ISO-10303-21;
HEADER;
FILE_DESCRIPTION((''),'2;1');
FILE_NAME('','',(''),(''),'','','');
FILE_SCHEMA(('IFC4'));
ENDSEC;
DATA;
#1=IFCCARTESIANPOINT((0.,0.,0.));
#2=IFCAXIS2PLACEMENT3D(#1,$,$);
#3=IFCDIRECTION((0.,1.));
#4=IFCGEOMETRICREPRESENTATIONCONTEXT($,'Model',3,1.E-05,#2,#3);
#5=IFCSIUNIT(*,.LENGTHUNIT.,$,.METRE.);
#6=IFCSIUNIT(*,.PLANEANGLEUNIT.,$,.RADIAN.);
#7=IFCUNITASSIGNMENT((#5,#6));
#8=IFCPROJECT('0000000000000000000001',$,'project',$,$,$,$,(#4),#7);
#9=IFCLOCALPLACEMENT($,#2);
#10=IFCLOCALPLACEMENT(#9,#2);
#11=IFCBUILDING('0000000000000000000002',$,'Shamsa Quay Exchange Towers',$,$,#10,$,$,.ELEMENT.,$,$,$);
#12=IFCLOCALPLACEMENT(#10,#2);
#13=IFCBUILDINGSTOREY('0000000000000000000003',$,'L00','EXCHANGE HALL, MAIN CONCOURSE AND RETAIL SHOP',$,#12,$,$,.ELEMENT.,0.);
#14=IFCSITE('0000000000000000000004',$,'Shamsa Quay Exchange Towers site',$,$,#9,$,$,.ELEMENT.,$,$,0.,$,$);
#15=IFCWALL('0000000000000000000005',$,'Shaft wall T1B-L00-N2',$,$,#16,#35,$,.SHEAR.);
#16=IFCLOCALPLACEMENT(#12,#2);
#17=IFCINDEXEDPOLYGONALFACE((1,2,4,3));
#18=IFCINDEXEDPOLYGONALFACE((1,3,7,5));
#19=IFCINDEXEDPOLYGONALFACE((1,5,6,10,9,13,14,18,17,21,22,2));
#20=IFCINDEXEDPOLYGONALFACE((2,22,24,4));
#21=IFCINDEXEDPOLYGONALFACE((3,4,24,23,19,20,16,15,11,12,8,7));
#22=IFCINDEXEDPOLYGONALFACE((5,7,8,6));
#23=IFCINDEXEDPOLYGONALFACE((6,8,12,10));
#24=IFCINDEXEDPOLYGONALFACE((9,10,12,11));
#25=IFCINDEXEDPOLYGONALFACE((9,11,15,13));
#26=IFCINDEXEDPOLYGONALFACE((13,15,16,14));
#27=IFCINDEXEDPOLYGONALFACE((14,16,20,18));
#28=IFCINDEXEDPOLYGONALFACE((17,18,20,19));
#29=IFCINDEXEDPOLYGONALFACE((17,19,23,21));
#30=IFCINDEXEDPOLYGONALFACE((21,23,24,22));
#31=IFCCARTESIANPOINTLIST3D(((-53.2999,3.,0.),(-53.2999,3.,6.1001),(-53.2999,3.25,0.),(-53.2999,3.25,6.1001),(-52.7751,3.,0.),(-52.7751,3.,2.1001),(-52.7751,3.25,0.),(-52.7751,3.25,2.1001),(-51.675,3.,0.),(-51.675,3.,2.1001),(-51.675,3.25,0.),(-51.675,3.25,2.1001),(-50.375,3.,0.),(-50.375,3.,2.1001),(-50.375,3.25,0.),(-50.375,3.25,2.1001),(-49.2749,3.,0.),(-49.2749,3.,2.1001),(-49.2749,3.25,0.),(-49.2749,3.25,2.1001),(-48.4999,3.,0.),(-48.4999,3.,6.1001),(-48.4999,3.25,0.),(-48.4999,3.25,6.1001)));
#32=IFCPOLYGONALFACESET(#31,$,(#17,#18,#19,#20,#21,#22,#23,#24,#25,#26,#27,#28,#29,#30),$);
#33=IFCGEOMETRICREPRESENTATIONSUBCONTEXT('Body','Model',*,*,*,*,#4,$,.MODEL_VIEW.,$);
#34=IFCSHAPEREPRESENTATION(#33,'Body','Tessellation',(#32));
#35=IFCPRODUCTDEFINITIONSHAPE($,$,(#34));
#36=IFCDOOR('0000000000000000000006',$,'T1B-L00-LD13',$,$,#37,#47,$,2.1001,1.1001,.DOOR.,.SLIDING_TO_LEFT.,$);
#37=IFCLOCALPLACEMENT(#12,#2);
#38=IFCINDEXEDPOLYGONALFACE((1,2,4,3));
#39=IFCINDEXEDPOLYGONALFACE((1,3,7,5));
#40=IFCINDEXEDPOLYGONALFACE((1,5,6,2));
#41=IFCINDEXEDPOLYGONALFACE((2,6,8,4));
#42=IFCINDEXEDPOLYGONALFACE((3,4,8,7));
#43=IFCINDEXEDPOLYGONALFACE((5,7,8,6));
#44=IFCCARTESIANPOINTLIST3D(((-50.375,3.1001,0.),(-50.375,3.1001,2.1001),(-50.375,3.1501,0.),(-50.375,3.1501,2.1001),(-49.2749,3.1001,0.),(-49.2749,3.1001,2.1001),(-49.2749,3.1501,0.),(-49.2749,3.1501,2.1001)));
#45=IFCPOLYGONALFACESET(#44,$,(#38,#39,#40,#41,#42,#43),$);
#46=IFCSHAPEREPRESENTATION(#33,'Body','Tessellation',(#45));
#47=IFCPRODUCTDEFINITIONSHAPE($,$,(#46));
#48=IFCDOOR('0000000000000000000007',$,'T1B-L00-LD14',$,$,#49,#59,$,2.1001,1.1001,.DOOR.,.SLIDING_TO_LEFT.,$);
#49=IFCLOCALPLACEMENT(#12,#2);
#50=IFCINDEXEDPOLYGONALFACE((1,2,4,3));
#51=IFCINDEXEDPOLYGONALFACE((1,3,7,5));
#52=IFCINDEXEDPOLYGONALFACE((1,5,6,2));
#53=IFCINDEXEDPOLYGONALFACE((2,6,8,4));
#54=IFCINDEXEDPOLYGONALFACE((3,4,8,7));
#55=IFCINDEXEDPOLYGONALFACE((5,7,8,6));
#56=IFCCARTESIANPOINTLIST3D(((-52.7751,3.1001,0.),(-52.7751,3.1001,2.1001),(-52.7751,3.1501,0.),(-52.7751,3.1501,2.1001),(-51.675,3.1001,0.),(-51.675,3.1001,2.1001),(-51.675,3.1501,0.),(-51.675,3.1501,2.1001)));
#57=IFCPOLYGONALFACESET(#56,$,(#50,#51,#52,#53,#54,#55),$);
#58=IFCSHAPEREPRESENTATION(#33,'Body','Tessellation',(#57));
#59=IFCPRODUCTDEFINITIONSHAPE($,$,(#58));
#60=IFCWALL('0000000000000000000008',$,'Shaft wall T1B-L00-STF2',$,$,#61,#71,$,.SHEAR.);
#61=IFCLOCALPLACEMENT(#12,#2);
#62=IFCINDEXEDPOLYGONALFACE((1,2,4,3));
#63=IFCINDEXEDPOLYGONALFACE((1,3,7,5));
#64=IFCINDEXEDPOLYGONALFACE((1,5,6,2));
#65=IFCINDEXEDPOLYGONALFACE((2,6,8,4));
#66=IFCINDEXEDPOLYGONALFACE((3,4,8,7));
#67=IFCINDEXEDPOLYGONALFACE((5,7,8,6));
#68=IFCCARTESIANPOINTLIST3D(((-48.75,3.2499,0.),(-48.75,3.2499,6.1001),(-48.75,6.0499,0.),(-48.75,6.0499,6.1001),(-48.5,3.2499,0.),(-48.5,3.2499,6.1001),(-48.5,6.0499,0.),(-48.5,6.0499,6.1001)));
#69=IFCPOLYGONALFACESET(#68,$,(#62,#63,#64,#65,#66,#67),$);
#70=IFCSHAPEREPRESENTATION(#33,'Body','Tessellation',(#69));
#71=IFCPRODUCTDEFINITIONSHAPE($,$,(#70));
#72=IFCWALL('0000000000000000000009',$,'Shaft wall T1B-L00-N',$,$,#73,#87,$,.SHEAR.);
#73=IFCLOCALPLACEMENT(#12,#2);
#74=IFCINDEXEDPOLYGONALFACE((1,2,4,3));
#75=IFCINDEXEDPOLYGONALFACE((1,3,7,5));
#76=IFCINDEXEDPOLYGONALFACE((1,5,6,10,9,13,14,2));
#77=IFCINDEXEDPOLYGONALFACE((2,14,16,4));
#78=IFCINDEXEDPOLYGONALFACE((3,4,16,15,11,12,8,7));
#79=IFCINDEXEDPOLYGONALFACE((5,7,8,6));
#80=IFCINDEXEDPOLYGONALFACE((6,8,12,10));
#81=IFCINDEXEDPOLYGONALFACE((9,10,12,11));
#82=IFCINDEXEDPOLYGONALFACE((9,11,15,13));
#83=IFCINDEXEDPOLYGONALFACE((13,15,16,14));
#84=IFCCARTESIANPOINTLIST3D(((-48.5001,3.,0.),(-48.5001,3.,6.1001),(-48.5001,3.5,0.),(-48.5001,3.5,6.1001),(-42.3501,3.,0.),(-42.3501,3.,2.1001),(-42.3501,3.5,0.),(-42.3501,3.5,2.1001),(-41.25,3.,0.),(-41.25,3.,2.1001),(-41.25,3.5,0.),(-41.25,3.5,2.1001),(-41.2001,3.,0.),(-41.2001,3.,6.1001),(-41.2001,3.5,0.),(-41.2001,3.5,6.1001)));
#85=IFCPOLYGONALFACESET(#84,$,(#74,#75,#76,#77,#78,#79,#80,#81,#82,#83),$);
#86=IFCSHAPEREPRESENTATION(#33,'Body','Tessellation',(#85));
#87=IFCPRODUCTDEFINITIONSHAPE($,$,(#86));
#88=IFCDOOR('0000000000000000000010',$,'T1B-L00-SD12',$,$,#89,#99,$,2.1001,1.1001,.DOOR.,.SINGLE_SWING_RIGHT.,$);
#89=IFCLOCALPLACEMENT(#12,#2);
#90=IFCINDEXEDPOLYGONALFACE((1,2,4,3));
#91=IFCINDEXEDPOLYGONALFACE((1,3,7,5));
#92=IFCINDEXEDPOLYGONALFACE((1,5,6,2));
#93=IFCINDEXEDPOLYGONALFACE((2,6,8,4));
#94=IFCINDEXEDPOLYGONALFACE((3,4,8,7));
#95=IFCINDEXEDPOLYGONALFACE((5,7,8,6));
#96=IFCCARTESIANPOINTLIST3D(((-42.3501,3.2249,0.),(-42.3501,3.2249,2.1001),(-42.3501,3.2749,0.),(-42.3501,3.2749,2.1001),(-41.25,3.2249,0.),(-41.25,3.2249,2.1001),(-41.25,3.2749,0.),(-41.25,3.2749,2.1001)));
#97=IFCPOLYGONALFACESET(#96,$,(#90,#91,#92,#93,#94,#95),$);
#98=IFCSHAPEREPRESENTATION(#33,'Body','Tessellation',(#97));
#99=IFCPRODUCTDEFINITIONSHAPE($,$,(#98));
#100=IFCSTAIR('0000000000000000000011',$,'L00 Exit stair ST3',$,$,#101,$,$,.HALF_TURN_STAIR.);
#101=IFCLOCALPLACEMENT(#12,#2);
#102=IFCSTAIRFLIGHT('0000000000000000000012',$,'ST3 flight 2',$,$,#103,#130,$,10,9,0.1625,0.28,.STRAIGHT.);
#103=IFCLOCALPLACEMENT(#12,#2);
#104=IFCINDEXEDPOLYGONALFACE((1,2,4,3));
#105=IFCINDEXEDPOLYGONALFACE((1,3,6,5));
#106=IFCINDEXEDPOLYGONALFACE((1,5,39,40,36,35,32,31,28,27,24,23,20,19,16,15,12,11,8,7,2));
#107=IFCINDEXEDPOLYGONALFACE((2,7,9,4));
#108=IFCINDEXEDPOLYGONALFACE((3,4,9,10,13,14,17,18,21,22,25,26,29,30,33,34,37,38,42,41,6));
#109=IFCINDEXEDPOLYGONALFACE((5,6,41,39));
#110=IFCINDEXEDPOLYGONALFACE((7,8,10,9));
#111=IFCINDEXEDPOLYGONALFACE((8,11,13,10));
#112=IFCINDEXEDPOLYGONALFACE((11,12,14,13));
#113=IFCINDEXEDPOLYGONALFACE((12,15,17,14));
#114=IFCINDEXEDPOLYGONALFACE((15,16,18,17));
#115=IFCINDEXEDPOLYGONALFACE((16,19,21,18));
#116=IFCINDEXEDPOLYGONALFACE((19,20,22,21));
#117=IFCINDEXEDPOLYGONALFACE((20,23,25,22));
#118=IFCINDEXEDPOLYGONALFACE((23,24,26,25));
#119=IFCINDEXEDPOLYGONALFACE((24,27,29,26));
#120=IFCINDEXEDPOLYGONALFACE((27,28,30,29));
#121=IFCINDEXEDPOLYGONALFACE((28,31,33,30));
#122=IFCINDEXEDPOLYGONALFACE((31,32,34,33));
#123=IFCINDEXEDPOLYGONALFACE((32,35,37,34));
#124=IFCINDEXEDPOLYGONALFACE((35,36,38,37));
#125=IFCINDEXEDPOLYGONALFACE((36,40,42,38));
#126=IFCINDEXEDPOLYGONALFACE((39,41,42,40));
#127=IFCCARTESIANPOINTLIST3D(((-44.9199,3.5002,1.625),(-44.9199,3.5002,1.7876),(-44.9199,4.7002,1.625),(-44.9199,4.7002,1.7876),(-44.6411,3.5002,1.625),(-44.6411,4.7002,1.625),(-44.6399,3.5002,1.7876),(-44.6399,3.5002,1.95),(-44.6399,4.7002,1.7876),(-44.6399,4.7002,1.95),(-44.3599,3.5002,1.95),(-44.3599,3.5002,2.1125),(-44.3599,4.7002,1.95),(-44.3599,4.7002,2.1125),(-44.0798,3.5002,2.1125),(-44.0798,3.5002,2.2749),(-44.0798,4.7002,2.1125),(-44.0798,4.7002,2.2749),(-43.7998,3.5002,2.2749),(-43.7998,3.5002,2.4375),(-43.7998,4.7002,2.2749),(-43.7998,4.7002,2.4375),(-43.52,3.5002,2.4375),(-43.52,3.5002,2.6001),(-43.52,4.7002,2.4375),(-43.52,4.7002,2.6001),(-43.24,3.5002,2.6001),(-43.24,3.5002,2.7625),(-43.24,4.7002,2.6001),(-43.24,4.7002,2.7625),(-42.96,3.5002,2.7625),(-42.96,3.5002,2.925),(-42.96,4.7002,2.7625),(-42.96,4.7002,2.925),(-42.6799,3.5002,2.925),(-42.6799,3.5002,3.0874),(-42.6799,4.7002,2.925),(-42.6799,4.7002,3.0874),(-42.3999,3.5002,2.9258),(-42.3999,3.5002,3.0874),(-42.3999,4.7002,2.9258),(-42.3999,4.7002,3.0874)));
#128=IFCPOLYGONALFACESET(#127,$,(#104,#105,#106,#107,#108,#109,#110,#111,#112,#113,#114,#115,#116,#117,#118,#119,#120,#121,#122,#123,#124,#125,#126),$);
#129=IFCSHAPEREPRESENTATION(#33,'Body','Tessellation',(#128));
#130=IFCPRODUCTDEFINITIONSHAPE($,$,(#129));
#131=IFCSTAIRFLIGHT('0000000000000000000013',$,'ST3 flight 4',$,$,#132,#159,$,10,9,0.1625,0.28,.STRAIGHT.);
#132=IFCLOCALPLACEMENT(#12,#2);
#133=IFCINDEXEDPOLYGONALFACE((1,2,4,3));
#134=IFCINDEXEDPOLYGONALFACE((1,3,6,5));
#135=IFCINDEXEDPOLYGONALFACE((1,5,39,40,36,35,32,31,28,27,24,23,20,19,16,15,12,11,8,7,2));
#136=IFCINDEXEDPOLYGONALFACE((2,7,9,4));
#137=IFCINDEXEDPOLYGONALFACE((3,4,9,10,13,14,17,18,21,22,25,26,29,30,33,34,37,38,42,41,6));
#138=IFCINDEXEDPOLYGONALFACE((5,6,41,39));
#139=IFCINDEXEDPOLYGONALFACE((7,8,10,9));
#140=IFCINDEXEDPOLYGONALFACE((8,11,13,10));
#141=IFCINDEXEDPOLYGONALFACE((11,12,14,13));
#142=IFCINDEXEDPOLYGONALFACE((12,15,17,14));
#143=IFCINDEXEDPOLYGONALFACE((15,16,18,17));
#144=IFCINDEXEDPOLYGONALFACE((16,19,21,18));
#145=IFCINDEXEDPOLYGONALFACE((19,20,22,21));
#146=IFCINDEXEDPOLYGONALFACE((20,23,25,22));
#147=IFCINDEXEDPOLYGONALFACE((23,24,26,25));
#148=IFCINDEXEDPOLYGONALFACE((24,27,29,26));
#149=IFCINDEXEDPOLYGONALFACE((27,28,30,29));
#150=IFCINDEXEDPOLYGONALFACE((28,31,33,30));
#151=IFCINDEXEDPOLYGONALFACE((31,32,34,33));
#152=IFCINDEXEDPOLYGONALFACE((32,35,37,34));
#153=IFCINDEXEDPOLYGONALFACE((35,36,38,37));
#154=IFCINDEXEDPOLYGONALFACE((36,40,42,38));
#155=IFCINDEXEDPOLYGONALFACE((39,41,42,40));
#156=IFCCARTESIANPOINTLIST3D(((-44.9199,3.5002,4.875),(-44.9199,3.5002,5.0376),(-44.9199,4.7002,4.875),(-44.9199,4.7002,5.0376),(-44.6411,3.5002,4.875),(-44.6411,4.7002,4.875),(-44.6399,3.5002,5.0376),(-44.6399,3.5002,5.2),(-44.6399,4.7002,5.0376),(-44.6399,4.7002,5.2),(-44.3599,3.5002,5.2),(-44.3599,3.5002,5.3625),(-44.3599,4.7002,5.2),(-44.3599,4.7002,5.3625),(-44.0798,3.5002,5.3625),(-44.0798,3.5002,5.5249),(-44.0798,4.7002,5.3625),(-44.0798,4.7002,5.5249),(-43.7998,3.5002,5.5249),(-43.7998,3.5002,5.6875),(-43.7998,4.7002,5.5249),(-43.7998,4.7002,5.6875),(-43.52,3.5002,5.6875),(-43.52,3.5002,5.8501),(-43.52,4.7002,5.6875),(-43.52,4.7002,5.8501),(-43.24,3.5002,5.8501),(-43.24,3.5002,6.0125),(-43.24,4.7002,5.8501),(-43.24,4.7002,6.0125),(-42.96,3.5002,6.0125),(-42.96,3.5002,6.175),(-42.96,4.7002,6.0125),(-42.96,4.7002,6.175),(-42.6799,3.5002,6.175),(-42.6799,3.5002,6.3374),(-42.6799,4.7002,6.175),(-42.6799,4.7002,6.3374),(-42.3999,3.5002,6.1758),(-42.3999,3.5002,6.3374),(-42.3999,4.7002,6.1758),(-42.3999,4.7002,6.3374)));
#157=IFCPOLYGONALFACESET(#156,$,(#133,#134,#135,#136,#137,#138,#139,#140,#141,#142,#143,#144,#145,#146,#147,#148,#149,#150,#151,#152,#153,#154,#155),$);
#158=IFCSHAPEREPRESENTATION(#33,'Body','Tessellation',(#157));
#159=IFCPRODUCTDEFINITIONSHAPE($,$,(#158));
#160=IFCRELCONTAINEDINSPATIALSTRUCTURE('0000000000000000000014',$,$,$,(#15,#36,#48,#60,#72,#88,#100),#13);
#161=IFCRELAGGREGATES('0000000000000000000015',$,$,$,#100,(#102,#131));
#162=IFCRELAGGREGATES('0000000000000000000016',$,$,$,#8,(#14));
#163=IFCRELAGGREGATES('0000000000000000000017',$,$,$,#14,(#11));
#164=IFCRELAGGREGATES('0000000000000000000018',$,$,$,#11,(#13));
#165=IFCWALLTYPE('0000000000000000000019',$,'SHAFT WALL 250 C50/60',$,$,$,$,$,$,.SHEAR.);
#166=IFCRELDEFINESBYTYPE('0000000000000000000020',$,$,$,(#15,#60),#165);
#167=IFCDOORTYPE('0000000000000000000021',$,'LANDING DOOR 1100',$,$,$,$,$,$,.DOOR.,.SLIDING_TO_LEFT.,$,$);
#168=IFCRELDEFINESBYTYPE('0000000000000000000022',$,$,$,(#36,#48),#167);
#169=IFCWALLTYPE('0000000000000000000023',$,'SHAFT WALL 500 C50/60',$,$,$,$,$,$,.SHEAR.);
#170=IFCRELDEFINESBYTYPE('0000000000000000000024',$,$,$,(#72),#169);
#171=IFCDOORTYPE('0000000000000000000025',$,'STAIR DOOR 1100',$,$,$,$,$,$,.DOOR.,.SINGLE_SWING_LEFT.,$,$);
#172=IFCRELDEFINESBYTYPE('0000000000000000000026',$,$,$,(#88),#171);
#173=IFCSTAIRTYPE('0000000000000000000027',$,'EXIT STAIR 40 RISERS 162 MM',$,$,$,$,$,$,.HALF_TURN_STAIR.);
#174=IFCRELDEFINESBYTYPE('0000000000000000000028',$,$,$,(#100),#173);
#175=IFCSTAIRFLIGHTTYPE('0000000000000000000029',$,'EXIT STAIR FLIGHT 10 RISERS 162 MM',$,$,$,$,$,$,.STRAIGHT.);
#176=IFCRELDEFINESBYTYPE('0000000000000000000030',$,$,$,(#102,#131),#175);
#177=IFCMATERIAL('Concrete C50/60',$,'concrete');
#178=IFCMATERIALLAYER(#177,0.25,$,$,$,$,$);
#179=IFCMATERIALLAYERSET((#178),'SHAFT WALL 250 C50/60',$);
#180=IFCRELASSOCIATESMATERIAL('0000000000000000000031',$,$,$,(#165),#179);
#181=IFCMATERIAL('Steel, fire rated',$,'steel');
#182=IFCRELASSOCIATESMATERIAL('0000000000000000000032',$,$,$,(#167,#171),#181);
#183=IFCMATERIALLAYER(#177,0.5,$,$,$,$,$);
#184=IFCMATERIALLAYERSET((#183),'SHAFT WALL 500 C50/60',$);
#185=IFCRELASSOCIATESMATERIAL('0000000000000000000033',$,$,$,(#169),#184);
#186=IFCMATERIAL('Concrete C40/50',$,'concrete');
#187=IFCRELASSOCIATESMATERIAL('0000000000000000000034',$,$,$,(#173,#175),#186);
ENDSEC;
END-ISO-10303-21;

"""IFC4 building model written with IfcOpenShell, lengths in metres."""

from ifc_helpers import new_model, si_unit, direction, frame, frame_2d, origin, place, context, subcontext, project, spatial, polyline, rectangle, outline, extrude, material, layer, layer_set, type_object, element, fill, aggregate, save


model = new_model("IFC4")

# Units and contexts
model_context = context("Model", 3, precision=1e-05, world=origin(), true_north=direction((0.0, 1.0)))
body_context = subcontext(model_context, "Body", "Model", "MODEL_VIEW")
ifc_project = project(units=[si_unit("LENGTHUNIT", "METRE"), si_unit("PLANEANGLEUNIT", "RADIAN")], contexts=[model_context])

# Site, building, storey
site_placement = place(None, origin())
site = spatial("IfcSite", under=ifc_project, at=site_placement, Name="Shamsa Quay Exchange Towers site", CompositionType="ELEMENT", RefElevation=0.0)
building_placement = place(site_placement, origin())
building = spatial("IfcBuilding", under=site, at=building_placement, Name="Shamsa Quay Exchange Towers", CompositionType="ELEMENT")
storey_placement = place(building_placement, origin())
storey = spatial("IfcBuildingStorey", under=building, at=storey_placement, Name="L00", Description="EXCHANGE HALL, MAIN CONCOURSE AND RETAIL SHOP", CompositionType="ELEMENT", Elevation=0.0)

# Shared definitions
ifc_material_1 = material(Name="Concrete C40/50", Category="concrete")

# Wall, openings, doors
ifc_material_2 = material(Name="Concrete C50/60", Category="concrete")
ifc_layer_1 = layer(ifc_material_2, 0.25)
ifc_layer_set_1 = layer_set([ifc_layer_1], Name="SHAFT WALL 250 C50/60")
wall_type_1 = type_object("IfcWallType", Name="SHAFT WALL 250 C50/60", PredefinedType="SHEAR", material=ifc_layer_set_1)
ifc_material_3 = material(Name="Steel, fire rated", Category="steel")
wall_1_placement = place(storey_placement, frame((-48.5, 3.125, 0.0), z_axis=(0.0, 0.0, 1.0), x_axis=(-1.0, 0.0, 0.0)))
wall_1 = element("IfcWall", 1, at=wall_1_placement, inside=storey, type_object=wall_type_1, Name="Shaft wall T1B-L00-N2", PredefinedType="SHEAR", context=body_context, shape_type="SweptSolid", body=[
    extrude(rectangle(XDim=4.8, YDim=0.25, at=frame_2d((2.3999, 0.0))), origin(), (0.0, 0.0, 1.0), 6.1001),
])
opening_1_placement = place(wall_1_placement, frame((0.7749, 0.0, 0.0)))
opening_1 = element("IfcOpeningElement", 2, at=opening_1_placement, cuts=wall_1, PredefinedType="OPENING", context=body_context, shape_type="SweptSolid", body=[
    extrude(rectangle(XDim=1.1001, YDim=2.1001, at=frame_2d((0.55, 1.05))), frame((0.0, 0.135, 0.0), z_axis=(0.0, -1.0, 0.0), x_axis=(1.0, 0.0, 0.0)), (0.0, 0.0, 1.0), 0.27),
])
opening_2_placement = place(wall_1_placement, frame((3.175, 0.0, 0.0)))
opening_2 = element("IfcOpeningElement", 3, at=opening_2_placement, cuts=wall_1, PredefinedType="OPENING", context=body_context, shape_type="SweptSolid", body=[
    extrude(rectangle(XDim=1.1001, YDim=2.1001, at=frame_2d((0.55, 1.05))), frame((0.0, 0.135, 0.0), z_axis=(0.0, -1.0, 0.0), x_axis=(1.0, 0.0, 0.0)), (0.0, 0.0, 1.0), 0.27),
])
door_type_1 = type_object("IfcDoorType", Name="LANDING DOOR 1100", OperationType="SLIDING_TO_LEFT", PredefinedType="DOOR", material=ifc_material_3)
door_1_placement = place(opening_1_placement, origin())
door_1 = element("IfcDoor", 4, at=door_1_placement, inside=storey, type_object=door_type_1, Name="T1B-L00-LD13", OperationType="SLIDING_TO_LEFT", OverallHeight=2.1001, OverallWidth=1.1001, PredefinedType="DOOR", context=body_context, shape_type="SweptSolid", body=[
    extrude(rectangle(XDim=1.1001, YDim=2.1001, at=frame_2d((0.55, 1.05))), frame((0.0, 0.0249, 0.0), z_axis=(0.0, -1.0, 0.0), x_axis=(1.0, 0.0, 0.0)), (0.0, 0.0, 1.0), 0.05),
])
fill(opening_1, door_1)
door_2_placement = place(opening_2_placement, origin())
door_2 = element("IfcDoor", 5, at=door_2_placement, inside=storey, type_object=door_type_1, Name="T1B-L00-LD14", OperationType="SLIDING_TO_LEFT", OverallHeight=2.1001, OverallWidth=1.1001, PredefinedType="DOOR", context=body_context, shape_type="SweptSolid", body=[
    extrude(rectangle(XDim=1.1001, YDim=2.1001, at=frame_2d((0.55, 1.05))), frame((0.0, 0.0249, 0.0), z_axis=(0.0, -1.0, 0.0), x_axis=(1.0, 0.0, 0.0)), (0.0, 0.0, 1.0), 0.05),
])
fill(opening_2, door_2)

# Wall
wall_2_placement = place(storey_placement, frame((-48.625, 3.25, 0.0), z_axis=(0.0, 0.0, 1.0), x_axis=(0.0, 1.0, 0.0)))
element("IfcWall", 6, at=wall_2_placement, inside=storey, type_object=wall_type_1, Name="Shaft wall T1B-L00-STF2", PredefinedType="SHEAR", context=body_context, shape_type="SweptSolid", body=[
    extrude(rectangle(XDim=2.8, YDim=0.25, at=frame_2d((1.3999, 0.0))), origin(), (0.0, 0.0, 1.0), 6.1001),
])

# Wall, opening, door
ifc_layer_2 = layer(ifc_material_2, 0.5)
ifc_layer_set_2 = layer_set([ifc_layer_2], Name="SHAFT WALL 500 C50/60")
wall_type_2 = type_object("IfcWallType", Name="SHAFT WALL 500 C50/60", PredefinedType="SHEAR", material=ifc_layer_set_2)
wall_3_placement = place(storey_placement, frame((-48.5, 3.25, 0.0)))
wall_3 = element("IfcWall", 7, at=wall_3_placement, inside=storey, type_object=wall_type_2, Name="Shaft wall T1B-L00-N", PredefinedType="SHEAR", context=body_context, shape_type="SweptSolid", body=[
    extrude(rectangle(XDim=7.3, YDim=0.5, at=frame_2d((3.6499, 0.0))), origin(), (0.0, 0.0, 1.0), 6.1001),
])
opening_3_placement = place(wall_3_placement, frame((6.1499, 0.0, 0.0)))
opening_3 = element("IfcOpeningElement", 8, at=opening_3_placement, cuts=wall_3, PredefinedType="OPENING", context=body_context, shape_type="SweptSolid", body=[
    extrude(rectangle(XDim=1.1001, YDim=2.1001, at=frame_2d((0.55, 1.05))), frame((0.0, 0.26, 0.0), z_axis=(0.0, -1.0, 0.0), x_axis=(1.0, 0.0, 0.0)), (0.0, 0.0, 1.0), 0.52),
])
door_type_2 = type_object("IfcDoorType", Name="STAIR DOOR 1100", OperationType="SINGLE_SWING_LEFT", PredefinedType="DOOR", material=ifc_material_3)
door_3_placement = place(opening_3_placement, origin())
door_3 = element("IfcDoor", 9, at=door_3_placement, inside=storey, type_object=door_type_2, Name="T1B-L00-SD12", OperationType="SINGLE_SWING_RIGHT", OverallHeight=2.1001, OverallWidth=1.1001, PredefinedType="DOOR", context=body_context, shape_type="SweptSolid", body=[
    extrude(rectangle(XDim=1.1001, YDim=2.1001, at=frame_2d((0.55, 1.05))), frame((0.0, 0.0249, 0.0), z_axis=(0.0, -1.0, 0.0), x_axis=(1.0, 0.0, 0.0)), (0.0, 0.0, 1.0), 0.05),
])
fill(opening_3, door_3)

# Stair, stair flights
stair_type = type_object("IfcStairType", Name="EXIT STAIR 40 RISERS 162 MM", PredefinedType="HALF_TURN_STAIR", material=ifc_material_1)
stair_placement = place(storey_placement, origin())
stair = element("IfcStair", 10, at=stair_placement, inside=storey, type_object=stair_type, Name="L00 Exit stair ST3", PredefinedType="HALF_TURN_STAIR")
stair_flight_type = type_object("IfcStairFlightType", Name="EXIT STAIR FLIGHT 10 RISERS 162 MM", PredefinedType="STRAIGHT", material=ifc_material_1)
stair_flight_1_placement = place(storey_placement, frame((-44.9199, 4.1001, 1.625)))
stair_flight_1 = element("IfcStairFlight", 11, at=stair_flight_1_placement, type_object=stair_flight_type, Name="ST3 flight 2", NumberOfRisers=10, NumberOfTreads=9, PredefinedType="STRAIGHT", RiserHeight=0.1625, TreadLength=0.28, context=body_context, shape_type="SweptSolid", body=[
    extrude(outline(polyline([(0.0, 0.0), (0.0, 0.1626), (0.28, 0.1626), (0.28, 0.325), (0.5601, 0.325), (0.5601, 0.4875), (0.8401, 0.4875), (0.8401, 0.6499), (1.1201, 0.6499), (1.1201, 0.8125), (1.3999, 0.8125), (1.3999, 0.9751), (1.6799, 0.9751), (1.6799, 1.1375), (1.96, 1.1375), (1.96, 1.3), (2.24, 1.3), (2.24, 1.4624), (2.52, 1.4624), (2.52, 1.625), (2.52, 1.3008), (0.2788, 0.0), (0.0, 0.0)])), frame((0.0, 0.6001, 0.0), z_axis=(0.0, -1.0, 0.0), x_axis=(1.0, 0.0, 0.0)), (0.0, 0.0, 1.0), 1.2),
])
stair_flight_2_placement = place(storey_placement, frame((-44.9199, 4.1001, 4.875)))
stair_flight_2 = element("IfcStairFlight", 12, at=stair_flight_2_placement, type_object=stair_flight_type, Name="ST3 flight 4", NumberOfRisers=10, NumberOfTreads=9, PredefinedType="STRAIGHT", RiserHeight=0.1625, TreadLength=0.28, context=body_context, shape_type="SweptSolid", body=[
    extrude(outline(polyline([(0.0, 0.0), (0.0, 0.1626), (0.28, 0.1626), (0.28, 0.325), (0.5601, 0.325), (0.5601, 0.4875), (0.8401, 0.4875), (0.8401, 0.6499), (1.1201, 0.6499), (1.1201, 0.8125), (1.3999, 0.8125), (1.3999, 0.9751), (1.6799, 0.9751), (1.6799, 1.1375), (1.96, 1.1375), (1.96, 1.3), (2.24, 1.3), (2.24, 1.4624), (2.52, 1.4624), (2.52, 1.625), (2.52, 1.3008), (0.2788, 0.0), (0.0, 0.0)])), frame((0.0, 0.6001, 0.0), z_axis=(0.0, -1.0, 0.0), x_axis=(1.0, 0.0, 0.0)), (0.0, 0.0, 1.0), 1.2),
])
aggregate(stair, [stair_flight_1, stair_flight_2])

save(model, "model.ifc")
